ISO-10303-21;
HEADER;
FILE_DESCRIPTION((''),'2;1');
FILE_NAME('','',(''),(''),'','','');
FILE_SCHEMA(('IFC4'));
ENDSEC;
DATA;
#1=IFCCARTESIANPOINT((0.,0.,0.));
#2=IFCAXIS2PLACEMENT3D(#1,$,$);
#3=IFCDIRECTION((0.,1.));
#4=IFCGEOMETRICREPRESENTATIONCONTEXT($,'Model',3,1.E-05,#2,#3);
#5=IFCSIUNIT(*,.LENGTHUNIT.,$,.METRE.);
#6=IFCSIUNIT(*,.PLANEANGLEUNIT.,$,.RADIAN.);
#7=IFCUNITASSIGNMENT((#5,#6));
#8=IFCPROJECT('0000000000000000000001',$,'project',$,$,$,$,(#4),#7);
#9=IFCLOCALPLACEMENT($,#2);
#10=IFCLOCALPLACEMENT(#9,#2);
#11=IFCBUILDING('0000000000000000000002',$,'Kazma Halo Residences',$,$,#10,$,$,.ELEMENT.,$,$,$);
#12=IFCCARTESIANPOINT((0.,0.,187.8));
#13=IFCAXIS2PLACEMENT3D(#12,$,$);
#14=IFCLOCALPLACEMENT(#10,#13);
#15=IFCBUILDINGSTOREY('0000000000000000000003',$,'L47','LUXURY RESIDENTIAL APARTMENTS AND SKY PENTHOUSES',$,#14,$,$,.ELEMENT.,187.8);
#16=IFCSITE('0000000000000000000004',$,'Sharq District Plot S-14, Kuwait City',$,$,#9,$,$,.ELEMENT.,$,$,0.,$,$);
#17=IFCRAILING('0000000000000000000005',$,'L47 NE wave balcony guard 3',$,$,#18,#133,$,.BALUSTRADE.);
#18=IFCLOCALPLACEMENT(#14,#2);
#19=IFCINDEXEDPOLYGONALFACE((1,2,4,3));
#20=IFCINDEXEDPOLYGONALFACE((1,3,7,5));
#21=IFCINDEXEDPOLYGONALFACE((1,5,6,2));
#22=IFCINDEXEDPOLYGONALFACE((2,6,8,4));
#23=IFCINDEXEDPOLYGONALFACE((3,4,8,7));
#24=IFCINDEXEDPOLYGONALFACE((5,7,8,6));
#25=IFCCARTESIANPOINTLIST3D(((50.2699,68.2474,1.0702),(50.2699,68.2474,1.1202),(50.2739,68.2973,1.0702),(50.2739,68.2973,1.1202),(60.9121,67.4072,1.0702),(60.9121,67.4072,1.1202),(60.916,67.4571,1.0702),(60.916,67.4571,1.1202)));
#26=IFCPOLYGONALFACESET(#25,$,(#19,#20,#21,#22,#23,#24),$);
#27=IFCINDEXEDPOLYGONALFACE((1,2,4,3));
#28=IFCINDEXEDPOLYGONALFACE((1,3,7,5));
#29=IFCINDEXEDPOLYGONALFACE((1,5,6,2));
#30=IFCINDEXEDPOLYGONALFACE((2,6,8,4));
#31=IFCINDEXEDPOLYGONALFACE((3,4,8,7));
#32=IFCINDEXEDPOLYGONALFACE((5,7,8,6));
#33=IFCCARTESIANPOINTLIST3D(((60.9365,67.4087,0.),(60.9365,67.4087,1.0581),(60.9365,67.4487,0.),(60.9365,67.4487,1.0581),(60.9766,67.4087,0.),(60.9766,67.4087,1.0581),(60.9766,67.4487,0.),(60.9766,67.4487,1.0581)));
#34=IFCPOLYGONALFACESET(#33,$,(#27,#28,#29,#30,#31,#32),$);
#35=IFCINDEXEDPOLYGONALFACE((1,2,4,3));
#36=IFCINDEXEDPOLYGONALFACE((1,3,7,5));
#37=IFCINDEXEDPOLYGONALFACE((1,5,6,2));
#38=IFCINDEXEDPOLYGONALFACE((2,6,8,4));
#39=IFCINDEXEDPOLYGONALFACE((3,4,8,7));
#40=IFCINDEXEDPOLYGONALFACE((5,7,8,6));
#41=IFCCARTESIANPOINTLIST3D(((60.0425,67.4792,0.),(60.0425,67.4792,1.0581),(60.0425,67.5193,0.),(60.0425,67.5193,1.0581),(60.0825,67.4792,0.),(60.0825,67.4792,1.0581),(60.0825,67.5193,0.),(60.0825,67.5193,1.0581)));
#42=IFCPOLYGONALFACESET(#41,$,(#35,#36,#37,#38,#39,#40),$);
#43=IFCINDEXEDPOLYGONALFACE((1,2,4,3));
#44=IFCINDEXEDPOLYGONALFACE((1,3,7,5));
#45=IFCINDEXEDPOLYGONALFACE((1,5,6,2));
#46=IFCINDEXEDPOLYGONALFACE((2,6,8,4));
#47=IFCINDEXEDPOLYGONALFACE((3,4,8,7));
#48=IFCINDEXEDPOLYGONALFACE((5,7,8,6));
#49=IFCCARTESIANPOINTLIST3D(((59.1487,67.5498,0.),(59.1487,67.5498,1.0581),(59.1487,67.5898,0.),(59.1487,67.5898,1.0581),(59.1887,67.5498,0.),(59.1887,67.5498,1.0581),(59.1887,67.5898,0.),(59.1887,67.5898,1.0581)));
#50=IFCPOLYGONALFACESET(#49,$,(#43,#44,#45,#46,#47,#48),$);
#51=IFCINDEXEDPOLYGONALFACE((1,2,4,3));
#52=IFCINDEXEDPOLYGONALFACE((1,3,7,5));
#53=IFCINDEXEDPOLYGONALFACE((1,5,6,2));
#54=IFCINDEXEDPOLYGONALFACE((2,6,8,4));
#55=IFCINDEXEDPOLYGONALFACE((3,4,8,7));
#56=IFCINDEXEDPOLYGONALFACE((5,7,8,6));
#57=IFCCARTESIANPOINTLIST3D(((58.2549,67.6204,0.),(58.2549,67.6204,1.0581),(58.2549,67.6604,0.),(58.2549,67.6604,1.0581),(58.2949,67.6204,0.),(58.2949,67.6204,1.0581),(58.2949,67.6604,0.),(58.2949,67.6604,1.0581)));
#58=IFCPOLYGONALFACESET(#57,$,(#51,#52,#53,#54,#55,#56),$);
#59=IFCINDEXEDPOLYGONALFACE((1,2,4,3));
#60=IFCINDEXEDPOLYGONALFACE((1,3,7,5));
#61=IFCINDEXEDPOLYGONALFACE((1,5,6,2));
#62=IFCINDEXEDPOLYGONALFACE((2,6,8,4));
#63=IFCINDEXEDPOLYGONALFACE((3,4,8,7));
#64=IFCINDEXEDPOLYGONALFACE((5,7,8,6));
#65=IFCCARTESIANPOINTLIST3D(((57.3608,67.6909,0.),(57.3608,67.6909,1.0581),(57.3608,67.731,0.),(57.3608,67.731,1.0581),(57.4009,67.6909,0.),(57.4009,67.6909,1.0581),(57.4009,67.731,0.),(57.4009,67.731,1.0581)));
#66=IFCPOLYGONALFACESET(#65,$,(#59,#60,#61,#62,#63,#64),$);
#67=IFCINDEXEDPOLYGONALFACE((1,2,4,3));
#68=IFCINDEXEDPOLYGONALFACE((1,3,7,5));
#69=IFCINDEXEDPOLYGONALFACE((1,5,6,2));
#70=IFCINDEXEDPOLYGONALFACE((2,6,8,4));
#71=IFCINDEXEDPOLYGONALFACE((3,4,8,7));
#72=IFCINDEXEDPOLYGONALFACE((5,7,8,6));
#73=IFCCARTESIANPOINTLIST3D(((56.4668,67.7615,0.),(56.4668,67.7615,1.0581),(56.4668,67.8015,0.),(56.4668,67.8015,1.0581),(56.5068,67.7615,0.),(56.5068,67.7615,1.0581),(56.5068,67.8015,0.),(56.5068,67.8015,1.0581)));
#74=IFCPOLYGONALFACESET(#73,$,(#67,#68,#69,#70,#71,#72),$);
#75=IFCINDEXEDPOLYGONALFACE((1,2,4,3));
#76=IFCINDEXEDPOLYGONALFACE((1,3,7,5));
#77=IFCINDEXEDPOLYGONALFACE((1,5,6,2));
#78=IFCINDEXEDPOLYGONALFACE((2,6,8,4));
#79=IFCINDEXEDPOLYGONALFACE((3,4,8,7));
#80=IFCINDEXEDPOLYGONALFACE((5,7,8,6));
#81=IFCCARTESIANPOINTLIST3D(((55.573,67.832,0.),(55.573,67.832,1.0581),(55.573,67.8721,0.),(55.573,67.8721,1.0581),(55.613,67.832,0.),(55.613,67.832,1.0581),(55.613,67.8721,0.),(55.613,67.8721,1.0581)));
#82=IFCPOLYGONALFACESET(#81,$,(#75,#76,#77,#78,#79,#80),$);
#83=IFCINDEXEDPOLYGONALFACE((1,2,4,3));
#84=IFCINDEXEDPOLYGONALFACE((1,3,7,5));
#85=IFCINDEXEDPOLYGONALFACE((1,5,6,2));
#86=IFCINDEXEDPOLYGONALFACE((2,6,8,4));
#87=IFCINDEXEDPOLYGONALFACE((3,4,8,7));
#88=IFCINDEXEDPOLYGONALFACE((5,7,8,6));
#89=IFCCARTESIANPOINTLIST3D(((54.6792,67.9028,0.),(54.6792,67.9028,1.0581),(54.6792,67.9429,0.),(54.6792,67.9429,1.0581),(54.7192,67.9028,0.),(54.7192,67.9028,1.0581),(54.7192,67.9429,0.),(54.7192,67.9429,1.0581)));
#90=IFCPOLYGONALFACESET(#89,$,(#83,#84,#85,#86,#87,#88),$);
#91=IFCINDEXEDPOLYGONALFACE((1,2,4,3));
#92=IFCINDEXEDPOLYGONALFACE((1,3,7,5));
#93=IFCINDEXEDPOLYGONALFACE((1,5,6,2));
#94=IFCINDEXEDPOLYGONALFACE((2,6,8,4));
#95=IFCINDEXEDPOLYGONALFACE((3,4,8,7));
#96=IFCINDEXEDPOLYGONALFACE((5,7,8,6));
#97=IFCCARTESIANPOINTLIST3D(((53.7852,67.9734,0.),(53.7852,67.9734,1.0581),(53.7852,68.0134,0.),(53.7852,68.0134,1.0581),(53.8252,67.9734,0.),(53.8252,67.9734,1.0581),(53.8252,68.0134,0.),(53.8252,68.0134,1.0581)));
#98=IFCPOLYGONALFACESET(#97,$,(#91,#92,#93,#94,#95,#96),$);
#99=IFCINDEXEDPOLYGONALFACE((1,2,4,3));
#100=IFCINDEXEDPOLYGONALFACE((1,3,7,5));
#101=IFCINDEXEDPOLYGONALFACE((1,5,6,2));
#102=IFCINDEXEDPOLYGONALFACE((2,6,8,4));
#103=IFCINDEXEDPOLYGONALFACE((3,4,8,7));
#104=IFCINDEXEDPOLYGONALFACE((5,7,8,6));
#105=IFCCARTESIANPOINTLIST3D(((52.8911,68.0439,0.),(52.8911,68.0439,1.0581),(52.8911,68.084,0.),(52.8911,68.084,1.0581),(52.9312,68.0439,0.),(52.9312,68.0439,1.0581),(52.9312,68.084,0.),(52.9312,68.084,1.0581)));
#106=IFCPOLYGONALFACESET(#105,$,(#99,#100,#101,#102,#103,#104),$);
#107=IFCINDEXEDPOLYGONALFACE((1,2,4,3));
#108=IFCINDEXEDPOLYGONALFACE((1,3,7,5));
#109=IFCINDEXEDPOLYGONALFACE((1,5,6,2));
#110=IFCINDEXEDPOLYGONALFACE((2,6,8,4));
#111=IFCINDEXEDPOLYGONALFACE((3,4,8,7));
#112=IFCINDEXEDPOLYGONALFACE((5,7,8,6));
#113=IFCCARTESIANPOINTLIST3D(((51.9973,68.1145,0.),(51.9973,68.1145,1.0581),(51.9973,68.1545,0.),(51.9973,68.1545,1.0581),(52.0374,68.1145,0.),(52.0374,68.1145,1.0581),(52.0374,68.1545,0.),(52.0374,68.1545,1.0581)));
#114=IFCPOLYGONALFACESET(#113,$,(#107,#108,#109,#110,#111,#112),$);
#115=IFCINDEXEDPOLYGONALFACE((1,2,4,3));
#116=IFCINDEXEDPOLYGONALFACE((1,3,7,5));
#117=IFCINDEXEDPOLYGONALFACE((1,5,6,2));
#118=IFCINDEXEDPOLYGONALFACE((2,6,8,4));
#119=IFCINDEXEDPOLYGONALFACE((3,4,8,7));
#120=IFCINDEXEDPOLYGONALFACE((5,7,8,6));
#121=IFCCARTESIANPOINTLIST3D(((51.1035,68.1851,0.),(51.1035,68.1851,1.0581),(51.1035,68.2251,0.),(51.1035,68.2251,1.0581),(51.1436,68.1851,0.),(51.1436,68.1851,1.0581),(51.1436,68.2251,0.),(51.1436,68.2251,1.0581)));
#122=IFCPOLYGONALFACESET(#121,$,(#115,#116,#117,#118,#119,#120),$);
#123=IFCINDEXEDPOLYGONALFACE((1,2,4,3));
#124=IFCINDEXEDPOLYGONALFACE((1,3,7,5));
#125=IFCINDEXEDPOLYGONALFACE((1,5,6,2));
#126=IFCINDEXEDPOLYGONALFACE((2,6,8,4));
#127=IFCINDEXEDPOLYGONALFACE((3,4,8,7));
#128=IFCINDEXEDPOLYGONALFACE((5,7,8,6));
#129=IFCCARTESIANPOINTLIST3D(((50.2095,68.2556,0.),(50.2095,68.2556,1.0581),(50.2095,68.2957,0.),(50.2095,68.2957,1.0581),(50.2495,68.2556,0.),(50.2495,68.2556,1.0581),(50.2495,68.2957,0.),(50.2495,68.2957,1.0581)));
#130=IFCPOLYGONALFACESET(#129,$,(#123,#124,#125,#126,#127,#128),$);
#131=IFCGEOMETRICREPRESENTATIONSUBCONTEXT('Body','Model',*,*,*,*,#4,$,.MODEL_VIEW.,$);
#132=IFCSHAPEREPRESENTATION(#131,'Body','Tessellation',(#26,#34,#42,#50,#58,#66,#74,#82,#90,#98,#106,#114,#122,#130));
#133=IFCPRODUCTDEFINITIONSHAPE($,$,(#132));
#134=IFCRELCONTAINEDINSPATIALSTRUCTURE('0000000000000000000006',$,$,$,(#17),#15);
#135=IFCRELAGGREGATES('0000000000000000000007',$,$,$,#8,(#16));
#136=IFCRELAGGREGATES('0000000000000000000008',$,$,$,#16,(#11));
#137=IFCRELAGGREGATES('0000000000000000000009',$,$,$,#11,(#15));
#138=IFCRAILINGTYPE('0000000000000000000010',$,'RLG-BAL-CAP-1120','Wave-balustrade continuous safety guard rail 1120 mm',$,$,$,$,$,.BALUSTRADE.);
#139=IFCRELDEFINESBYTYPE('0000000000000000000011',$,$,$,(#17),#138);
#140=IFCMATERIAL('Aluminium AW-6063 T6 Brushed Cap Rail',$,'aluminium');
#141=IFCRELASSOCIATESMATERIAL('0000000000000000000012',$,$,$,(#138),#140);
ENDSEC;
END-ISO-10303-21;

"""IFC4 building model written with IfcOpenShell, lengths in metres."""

from ifc_helpers import new_model, si_unit, direction, frame, origin, origin_2d, place, context, subcontext, project, spatial, rectangle, extrude, material, type_object, element, save


model = new_model("IFC4")

# Units and contexts
model_context = context("Model", 3, precision=1e-05, world=origin(), true_north=direction((0.0, 1.0)))
body_context = subcontext(model_context, "Body", "Model", "MODEL_VIEW")
ifc_project = project(units=[si_unit("LENGTHUNIT", "METRE"), si_unit("PLANEANGLEUNIT", "RADIAN")], contexts=[model_context])

# Site, building, storey
site_placement = place(None, origin())
site = spatial("IfcSite", under=ifc_project, at=site_placement, Name="Sharq District Plot S-14, Kuwait City", CompositionType="ELEMENT", RefElevation=0.0)
building_placement = place(site_placement, origin())
building = spatial("IfcBuilding", under=site, at=building_placement, Name="Kazma Halo Residences", CompositionType="ELEMENT")
storey_placement = place(building_placement, frame((0.0, 0.0, 187.8)))
storey = spatial("IfcBuildingStorey", under=building, at=storey_placement, Name="L47", Description="LUXURY RESIDENTIAL APARTMENTS AND SKY PENTHOUSES", CompositionType="ELEMENT", Elevation=187.8)

# Railing
ifc_material_1 = material(Name="Aluminium AW-6063 T6 Brushed Cap Rail", Category="aluminium")
railing_type = type_object("IfcRailingType", Name="RLG-BAL-CAP-1120", Description="Wave-balustrade continuous safety guard rail 1120 mm", PredefinedType="BALUSTRADE", material=ifc_material_1)
railing_1_placement = place(storey_placement, frame((60.9565, 67.4287, 0.0)))
element("IfcRailing", 1, at=railing_1_placement, inside=storey, type_object=railing_type, Name="L47 NE wave balcony guard 3", PredefinedType="BALUSTRADE", context=body_context, shape_type="SweptSolid", body=[
    extrude(rectangle(XDim=0.05, YDim=0.05, at=origin_2d()), frame((-0.0425, 0.0034, 1.0952), z_axis=(-0.996898, 0.078707, 0.0), x_axis=(-0.078707, -0.996898, 0.0)), (0.0, 0.0, 1.0), 10.6753),
    extrude(rectangle(XDim=0.04, YDim=0.04, at=origin_2d()), origin(), (0.0, 0.0, 1.0), 1.0581),
    extrude(rectangle(XDim=0.04, YDim=0.04, at=origin_2d()), frame((-0.894, 0.0706, 0.0)), (0.0, 0.0, 1.0), 1.0581),
    extrude(rectangle(XDim=0.04, YDim=0.04, at=origin_2d()), frame((-1.7878, 0.1411, 0.0)), (0.0, 0.0, 1.0), 1.0581),
    extrude(rectangle(XDim=0.04, YDim=0.04, at=origin_2d()), frame((-2.6816, 0.2117, 0.0)), (0.0, 0.0, 1.0), 1.0581),
    extrude(rectangle(XDim=0.04, YDim=0.04, at=origin_2d()), frame((-3.5757, 0.2822, 0.0)), (0.0, 0.0, 1.0), 1.0581),
    extrude(rectangle(XDim=0.04, YDim=0.04, at=origin_2d()), frame((-4.4697, 0.3528, 0.0)), (0.0, 0.0, 1.0), 1.0581),
    extrude(rectangle(XDim=0.04, YDim=0.04, at=origin_2d()), frame((-5.3635, 0.4233, 0.0)), (0.0, 0.0, 1.0), 1.0581),
    extrude(rectangle(XDim=0.04, YDim=0.04, at=origin_2d()), frame((-6.2573, 0.4941, 0.0)), (0.0, 0.0, 1.0), 1.0581),
    extrude(rectangle(XDim=0.04, YDim=0.04, at=origin_2d()), frame((-7.1514, 0.5647, 0.0)), (0.0, 0.0, 1.0), 1.0581),
    extrude(rectangle(XDim=0.04, YDim=0.04, at=origin_2d()), frame((-8.0454, 0.6353, 0.0)), (0.0, 0.0, 1.0), 1.0581),
    extrude(rectangle(XDim=0.04, YDim=0.04, at=origin_2d()), frame((-8.9392, 0.7058, 0.0)), (0.0, 0.0, 1.0), 1.0581),
    extrude(rectangle(XDim=0.04, YDim=0.04, at=origin_2d()), frame((-9.833, 0.7764, 0.0)), (0.0, 0.0, 1.0), 1.0581),
    extrude(rectangle(XDim=0.04, YDim=0.04, at=origin_2d()), frame((-10.7271, 0.8469, 0.0)), (0.0, 0.0, 1.0), 1.0581),
])

save(model, "model.ifc")
